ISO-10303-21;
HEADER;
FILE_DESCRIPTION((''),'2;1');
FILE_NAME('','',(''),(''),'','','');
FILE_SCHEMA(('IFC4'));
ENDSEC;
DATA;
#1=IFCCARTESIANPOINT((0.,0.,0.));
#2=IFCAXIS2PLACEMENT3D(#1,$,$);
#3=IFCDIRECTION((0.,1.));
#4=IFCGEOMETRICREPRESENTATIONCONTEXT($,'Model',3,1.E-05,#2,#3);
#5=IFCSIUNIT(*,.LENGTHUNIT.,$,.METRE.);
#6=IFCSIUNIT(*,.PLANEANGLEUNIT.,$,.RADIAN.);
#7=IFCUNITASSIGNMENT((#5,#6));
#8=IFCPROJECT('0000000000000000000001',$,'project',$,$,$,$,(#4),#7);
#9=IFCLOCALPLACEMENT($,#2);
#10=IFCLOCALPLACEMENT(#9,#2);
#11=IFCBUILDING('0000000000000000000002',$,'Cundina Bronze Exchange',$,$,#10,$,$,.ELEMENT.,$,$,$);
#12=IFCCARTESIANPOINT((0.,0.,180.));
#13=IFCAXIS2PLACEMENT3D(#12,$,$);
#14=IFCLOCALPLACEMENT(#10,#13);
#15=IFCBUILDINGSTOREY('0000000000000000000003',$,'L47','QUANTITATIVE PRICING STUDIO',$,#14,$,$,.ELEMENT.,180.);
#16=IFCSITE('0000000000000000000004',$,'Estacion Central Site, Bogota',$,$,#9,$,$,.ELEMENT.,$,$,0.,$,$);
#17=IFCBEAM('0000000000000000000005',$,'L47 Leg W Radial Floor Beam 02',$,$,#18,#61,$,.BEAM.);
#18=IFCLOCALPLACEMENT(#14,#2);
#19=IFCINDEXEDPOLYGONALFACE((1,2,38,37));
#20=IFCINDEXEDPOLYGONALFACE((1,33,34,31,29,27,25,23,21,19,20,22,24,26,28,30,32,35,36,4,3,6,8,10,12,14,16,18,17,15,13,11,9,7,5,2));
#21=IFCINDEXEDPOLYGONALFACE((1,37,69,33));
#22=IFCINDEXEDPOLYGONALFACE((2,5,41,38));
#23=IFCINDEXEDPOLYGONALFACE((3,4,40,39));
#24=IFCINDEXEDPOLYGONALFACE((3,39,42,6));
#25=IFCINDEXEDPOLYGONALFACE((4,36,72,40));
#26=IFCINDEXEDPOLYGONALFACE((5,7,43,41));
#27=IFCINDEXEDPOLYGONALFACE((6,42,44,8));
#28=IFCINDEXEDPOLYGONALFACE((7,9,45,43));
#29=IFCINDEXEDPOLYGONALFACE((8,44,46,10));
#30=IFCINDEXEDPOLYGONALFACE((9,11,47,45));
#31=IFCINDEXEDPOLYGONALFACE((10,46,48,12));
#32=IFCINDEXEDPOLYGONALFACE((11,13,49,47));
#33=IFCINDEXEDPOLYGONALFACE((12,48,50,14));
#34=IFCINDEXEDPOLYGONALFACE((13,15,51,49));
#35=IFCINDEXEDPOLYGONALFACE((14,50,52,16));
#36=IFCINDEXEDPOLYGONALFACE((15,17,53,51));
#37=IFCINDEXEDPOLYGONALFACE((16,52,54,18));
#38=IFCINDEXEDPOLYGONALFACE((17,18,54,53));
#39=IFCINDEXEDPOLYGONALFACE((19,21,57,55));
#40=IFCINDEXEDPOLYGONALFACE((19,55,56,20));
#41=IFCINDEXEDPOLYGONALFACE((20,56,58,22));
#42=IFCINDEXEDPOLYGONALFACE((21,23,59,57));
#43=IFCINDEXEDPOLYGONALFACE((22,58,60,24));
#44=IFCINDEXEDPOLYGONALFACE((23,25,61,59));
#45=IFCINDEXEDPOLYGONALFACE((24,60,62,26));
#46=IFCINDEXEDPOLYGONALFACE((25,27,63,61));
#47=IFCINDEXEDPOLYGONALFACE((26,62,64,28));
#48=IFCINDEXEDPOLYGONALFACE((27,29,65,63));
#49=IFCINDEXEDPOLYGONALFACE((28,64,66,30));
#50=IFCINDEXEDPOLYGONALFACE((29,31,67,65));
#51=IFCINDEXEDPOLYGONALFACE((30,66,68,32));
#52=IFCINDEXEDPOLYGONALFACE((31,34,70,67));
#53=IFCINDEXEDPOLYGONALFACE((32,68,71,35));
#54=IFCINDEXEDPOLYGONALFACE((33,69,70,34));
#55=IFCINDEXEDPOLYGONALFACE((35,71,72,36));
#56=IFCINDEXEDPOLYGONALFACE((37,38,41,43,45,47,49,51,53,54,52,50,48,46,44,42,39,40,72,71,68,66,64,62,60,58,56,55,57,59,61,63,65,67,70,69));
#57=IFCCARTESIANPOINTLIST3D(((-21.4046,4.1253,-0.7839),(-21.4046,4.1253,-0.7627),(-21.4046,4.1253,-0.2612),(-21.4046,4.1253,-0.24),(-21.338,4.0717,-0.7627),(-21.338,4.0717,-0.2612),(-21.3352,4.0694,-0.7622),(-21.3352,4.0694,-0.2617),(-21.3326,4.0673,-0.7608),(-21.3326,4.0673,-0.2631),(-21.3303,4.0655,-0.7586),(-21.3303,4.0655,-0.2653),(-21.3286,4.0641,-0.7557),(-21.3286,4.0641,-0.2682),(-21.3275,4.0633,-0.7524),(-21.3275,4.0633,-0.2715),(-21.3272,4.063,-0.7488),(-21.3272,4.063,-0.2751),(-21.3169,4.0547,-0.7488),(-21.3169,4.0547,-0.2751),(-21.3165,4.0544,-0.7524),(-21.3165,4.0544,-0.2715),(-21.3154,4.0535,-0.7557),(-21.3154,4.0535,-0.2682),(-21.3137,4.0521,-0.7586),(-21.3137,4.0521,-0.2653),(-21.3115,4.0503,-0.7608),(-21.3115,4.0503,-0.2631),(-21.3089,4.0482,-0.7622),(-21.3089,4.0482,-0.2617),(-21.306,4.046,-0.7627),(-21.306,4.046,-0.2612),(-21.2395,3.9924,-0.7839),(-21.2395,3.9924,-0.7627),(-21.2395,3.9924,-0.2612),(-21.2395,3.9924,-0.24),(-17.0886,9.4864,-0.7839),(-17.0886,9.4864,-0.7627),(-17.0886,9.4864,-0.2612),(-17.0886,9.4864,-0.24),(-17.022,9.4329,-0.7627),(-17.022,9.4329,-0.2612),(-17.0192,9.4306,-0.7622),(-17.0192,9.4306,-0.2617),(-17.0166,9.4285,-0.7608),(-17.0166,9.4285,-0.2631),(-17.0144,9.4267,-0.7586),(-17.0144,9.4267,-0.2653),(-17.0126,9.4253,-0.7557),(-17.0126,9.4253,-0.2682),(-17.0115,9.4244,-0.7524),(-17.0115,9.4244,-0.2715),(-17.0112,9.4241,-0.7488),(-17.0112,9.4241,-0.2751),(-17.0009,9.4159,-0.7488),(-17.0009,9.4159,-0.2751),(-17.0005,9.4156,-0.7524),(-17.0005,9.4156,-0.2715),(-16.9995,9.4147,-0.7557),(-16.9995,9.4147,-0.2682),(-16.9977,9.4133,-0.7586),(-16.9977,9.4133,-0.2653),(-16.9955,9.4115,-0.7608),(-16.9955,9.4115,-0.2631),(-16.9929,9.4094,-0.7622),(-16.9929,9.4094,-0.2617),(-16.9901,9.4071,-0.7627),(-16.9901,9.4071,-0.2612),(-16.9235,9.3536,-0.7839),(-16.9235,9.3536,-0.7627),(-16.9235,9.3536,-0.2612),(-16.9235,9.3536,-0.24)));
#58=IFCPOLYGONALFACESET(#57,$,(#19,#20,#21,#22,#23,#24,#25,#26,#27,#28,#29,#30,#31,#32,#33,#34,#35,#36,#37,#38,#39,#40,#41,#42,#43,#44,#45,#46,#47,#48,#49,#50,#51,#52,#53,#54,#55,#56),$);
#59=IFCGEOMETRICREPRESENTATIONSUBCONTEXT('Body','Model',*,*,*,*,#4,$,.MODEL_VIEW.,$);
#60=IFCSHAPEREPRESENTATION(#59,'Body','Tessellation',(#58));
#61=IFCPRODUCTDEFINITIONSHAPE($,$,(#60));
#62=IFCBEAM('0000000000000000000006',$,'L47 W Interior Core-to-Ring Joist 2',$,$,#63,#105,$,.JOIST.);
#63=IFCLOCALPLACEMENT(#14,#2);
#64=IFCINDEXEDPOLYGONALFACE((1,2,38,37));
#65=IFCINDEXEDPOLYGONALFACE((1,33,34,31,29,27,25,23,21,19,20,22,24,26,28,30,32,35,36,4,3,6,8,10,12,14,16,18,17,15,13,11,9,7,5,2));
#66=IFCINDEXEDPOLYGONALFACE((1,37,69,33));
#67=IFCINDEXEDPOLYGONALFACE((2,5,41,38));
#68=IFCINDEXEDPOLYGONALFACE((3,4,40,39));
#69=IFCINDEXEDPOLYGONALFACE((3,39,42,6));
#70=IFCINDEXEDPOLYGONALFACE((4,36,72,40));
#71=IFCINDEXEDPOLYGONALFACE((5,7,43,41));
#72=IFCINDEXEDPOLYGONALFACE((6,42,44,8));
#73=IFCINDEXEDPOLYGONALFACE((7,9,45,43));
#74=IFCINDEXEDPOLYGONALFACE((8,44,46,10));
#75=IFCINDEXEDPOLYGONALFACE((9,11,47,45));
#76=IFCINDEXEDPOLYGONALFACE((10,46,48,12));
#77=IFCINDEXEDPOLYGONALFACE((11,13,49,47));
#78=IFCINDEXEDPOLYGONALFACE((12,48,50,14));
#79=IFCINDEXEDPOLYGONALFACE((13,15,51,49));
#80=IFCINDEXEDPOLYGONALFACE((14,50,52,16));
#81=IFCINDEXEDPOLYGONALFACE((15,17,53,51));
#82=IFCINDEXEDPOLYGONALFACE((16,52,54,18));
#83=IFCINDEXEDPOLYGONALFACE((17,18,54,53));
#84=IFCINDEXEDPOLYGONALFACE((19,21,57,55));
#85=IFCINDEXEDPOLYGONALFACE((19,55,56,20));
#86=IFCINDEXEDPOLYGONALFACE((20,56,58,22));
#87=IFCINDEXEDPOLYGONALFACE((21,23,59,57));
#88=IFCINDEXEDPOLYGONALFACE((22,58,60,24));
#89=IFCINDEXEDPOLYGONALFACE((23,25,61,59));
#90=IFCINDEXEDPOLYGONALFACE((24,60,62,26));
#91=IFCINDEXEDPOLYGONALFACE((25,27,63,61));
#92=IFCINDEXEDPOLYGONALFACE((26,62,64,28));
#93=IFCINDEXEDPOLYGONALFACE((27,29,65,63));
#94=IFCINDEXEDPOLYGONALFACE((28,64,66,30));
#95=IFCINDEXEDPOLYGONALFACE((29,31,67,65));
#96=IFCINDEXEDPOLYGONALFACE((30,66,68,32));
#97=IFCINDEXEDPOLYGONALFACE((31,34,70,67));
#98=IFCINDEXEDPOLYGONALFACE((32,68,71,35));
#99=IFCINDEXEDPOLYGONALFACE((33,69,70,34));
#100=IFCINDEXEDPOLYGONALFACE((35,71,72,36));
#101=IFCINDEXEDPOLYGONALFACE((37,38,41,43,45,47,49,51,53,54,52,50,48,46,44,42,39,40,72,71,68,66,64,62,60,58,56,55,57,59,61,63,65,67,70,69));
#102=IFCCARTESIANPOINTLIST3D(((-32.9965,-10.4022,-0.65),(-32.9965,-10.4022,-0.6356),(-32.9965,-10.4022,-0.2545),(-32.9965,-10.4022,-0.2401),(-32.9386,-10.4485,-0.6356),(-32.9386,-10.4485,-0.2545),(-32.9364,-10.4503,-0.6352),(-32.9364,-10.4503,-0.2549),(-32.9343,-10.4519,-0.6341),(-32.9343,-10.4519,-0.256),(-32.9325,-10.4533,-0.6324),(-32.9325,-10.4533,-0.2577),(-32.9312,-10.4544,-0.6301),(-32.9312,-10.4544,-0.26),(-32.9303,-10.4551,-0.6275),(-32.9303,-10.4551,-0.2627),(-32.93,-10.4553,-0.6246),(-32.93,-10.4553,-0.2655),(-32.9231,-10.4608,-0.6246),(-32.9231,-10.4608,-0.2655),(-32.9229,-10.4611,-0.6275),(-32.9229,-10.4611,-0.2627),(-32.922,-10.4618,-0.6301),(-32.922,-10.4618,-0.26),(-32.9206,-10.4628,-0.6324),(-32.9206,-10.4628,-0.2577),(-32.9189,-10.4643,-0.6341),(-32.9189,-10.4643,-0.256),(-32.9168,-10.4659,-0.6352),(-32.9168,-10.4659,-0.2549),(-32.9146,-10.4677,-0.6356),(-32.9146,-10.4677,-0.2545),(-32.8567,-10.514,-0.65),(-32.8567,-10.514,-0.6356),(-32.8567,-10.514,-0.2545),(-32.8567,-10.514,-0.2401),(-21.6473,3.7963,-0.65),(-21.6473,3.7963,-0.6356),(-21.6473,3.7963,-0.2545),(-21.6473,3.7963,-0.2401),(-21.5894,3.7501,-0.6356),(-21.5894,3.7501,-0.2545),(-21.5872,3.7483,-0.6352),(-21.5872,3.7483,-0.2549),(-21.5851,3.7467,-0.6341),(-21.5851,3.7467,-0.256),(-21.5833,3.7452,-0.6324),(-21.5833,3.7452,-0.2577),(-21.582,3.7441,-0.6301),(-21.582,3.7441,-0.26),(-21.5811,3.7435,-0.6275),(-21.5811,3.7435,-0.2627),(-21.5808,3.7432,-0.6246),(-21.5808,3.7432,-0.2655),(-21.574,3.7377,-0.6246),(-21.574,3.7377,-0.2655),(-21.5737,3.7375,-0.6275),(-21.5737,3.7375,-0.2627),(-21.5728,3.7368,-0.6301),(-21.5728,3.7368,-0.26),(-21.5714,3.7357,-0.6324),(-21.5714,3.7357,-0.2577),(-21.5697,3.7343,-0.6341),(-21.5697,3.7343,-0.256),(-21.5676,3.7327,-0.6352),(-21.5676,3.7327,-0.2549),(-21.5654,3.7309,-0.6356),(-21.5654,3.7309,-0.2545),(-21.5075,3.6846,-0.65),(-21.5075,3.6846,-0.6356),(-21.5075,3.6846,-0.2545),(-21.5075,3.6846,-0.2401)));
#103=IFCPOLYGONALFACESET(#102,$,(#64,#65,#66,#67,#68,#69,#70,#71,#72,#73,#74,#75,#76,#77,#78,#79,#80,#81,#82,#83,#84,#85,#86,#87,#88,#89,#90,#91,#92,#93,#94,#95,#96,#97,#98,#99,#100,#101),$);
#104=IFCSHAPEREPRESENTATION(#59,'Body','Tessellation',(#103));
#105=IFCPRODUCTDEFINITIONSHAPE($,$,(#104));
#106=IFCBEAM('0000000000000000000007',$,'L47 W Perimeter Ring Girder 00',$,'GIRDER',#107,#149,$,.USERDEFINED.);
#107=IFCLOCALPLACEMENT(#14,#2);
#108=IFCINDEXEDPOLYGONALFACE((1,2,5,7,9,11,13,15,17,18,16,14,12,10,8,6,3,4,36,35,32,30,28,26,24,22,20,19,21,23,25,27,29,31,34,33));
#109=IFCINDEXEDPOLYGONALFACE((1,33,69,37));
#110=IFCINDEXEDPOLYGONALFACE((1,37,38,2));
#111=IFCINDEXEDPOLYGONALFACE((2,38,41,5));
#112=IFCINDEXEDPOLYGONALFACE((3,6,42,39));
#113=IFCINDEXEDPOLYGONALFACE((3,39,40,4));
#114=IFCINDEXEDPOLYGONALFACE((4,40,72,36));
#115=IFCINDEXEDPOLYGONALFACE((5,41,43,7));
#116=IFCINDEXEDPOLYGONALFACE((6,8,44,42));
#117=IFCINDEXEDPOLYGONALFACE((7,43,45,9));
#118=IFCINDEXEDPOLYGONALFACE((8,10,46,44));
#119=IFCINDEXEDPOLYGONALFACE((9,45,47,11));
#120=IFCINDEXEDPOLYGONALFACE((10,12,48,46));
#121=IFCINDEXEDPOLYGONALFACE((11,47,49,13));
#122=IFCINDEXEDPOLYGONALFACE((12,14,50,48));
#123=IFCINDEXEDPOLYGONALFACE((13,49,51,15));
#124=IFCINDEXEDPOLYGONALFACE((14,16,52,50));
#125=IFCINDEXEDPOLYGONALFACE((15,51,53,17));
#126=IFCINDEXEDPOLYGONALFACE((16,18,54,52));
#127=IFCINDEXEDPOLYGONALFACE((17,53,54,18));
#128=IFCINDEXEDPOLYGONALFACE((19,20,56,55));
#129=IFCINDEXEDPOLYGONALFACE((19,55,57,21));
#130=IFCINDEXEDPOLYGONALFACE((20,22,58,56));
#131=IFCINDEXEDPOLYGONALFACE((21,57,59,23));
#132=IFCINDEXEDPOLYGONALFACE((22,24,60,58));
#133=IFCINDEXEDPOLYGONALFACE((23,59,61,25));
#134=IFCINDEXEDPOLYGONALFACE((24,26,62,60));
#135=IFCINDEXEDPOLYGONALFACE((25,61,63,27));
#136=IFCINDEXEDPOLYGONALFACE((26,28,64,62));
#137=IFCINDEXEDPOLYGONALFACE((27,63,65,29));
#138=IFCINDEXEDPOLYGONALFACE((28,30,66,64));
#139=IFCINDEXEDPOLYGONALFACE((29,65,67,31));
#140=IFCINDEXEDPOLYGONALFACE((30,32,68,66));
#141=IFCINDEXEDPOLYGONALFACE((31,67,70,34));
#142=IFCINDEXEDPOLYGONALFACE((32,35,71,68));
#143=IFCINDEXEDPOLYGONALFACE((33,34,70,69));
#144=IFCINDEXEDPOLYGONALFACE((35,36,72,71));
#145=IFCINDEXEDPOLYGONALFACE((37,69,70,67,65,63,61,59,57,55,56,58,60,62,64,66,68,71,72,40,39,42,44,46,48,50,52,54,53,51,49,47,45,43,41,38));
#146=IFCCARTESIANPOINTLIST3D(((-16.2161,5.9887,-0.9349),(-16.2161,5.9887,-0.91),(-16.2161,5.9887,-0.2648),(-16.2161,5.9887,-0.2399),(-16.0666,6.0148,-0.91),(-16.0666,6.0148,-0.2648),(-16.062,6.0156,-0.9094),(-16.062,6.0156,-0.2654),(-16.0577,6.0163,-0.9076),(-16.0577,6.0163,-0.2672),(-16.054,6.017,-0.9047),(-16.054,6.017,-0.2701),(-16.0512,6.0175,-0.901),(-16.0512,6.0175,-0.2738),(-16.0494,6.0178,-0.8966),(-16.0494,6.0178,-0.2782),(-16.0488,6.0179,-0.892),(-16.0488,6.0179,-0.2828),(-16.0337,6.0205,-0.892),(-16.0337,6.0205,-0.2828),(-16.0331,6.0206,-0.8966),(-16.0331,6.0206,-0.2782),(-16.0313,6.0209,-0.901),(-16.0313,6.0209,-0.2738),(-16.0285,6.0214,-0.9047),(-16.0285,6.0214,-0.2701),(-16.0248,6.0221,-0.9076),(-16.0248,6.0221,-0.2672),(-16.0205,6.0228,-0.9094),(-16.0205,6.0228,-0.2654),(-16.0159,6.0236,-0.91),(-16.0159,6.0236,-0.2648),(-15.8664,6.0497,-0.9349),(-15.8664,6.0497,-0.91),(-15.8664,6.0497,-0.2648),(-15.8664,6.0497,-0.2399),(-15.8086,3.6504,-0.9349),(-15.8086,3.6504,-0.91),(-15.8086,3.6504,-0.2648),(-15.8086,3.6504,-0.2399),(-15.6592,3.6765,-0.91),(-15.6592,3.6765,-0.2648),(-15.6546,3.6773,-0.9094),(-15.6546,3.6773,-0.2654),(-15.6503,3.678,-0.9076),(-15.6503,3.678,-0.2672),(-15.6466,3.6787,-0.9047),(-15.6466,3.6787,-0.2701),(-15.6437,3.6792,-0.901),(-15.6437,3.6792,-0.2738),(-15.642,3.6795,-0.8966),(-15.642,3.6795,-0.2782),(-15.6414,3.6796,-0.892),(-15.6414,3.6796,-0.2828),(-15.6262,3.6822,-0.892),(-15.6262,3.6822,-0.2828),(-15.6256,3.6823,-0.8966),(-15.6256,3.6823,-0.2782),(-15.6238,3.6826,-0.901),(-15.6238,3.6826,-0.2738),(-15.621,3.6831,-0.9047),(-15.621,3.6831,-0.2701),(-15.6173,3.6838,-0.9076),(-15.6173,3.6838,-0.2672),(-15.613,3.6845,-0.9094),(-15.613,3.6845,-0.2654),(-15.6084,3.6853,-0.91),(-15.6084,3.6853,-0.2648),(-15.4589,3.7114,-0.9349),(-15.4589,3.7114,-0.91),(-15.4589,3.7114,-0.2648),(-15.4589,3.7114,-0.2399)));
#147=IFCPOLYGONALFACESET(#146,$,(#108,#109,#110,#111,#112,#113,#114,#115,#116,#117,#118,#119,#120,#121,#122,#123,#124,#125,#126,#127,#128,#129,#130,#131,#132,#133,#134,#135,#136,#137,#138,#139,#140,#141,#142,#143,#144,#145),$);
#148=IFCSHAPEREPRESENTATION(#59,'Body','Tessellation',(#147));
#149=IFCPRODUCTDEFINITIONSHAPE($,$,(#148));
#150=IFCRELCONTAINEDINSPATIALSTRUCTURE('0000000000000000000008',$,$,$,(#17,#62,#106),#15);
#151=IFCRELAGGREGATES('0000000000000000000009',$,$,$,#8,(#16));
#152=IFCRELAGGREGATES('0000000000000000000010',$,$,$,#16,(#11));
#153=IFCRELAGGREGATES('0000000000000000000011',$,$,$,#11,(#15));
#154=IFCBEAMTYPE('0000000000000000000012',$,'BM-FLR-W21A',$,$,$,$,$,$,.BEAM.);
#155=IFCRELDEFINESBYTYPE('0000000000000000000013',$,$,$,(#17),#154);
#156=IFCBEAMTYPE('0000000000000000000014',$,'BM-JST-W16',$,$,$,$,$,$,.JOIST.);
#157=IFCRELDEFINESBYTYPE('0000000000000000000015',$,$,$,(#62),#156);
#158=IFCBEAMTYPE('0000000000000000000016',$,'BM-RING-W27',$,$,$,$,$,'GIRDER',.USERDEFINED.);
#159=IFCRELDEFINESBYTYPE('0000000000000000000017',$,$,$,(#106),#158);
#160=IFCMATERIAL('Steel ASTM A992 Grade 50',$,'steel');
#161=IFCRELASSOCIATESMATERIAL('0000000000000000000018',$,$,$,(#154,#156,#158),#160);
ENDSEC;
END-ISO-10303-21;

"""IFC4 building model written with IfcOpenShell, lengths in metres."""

from ifc_helpers import new_model, si_unit, direction, frame, origin, origin_2d, place, context, subcontext, project, spatial, i_section, extrude, material, material_profile, profile_set, type_object, element, save


model = new_model("IFC4")

# Units and contexts
model_context = context("Model", 3, precision=1e-05, world=origin(), true_north=direction((0.0, 1.0)))
body_context = subcontext(model_context, "Body", "Model", "MODEL_VIEW")
ifc_project = project(units=[si_unit("LENGTHUNIT", "METRE"), si_unit("PLANEANGLEUNIT", "RADIAN")], contexts=[model_context])

# Site, building, storey
site_placement = place(None, origin())
site = spatial("IfcSite", under=ifc_project, at=site_placement, Name="Estacion Central Site, Bogota", CompositionType="ELEMENT", RefElevation=0.0)
building_placement = place(site_placement, origin())
building = spatial("IfcBuilding", under=site, at=building_placement, Name="Cundina Bronze Exchange", CompositionType="ELEMENT")
storey_placement = place(building_placement, frame((0.0, 0.0, 180.0)))
storey = spatial("IfcBuildingStorey", under=building, at=storey_placement, Name="L47", Description="QUANTITATIVE PRICING STUDIO", CompositionType="ELEMENT", Elevation=180.0)

# Shared definitions
ifc_material_1 = material(Name="Steel ASTM A992 Grade 50", Category="steel")

# Beams
ifc_material_profile_1 = material_profile(ifc_material_1, i_section(OverallWidth=0.2119, OverallDepth=0.5439, WebThickness=0.0132, FlangeThickness=0.0212, FilletRadius=0.0139, at=origin_2d()), Name="W21X83", Category="steel")
ifc_profile_set_1 = profile_set([ifc_material_profile_1], Name="Steel ASTM A992 Grade 50")
beam_type_1 = type_object("IfcBeamType", Name="BM-FLR-W21A", PredefinedType="BEAM", material=ifc_profile_set_1)
beam_1_placement = place(storey_placement, frame((-21.322, 4.0588, -0.512), z_axis=(0.627089, 0.778948, 0.0), x_axis=(-0.778948, 0.627089, 0.0)))
element("IfcBeam", 1, at=beam_1_placement, inside=storey, type_object=beam_type_1, Name="L47 Leg W Radial Floor Beam 02", PredefinedType="BEAM", context=body_context, shape_type="SweptSolid", body=[
    extrude(i_section(OverallWidth=0.2119, OverallDepth=0.5439, WebThickness=0.0132, FlangeThickness=0.0212, FilletRadius=0.0139, at=origin_2d()), origin(), (0.0, 0.0, 1.0), 6.8826),
])
ifc_material_profile_2 = material_profile(ifc_material_1, i_section(OverallWidth=0.179, OverallDepth=0.4099, WebThickness=0.0088, FlangeThickness=0.0144, FilletRadius=0.011, at=origin_2d()), Name="W16X45", Category="steel")
ifc_profile_set_2 = profile_set([ifc_material_profile_2], Name="Steel ASTM A992 Grade 50")
beam_type_2 = type_object("IfcBeamType", Name="BM-JST-W16", PredefinedType="JOIST", material=ifc_profile_set_2)
beam_2_placement = place(storey_placement, frame((-21.5774, 3.7405, -0.4451), z_axis=(-0.624371, -0.781128, 0.0), x_axis=(0.781128, -0.624371, 0.0)))
element("IfcBeam", 2, at=beam_2_placement, inside=storey, type_object=beam_type_2, Name="L47 W Interior Core-to-Ring Joist 2", PredefinedType="JOIST", context=body_context, shape_type="SweptSolid", body=[
    extrude(i_section(OverallWidth=0.179, OverallDepth=0.4099, WebThickness=0.0088, FlangeThickness=0.0144, FilletRadius=0.011, at=origin_2d()), origin(), (0.0, 0.0, 1.0), 18.177),
])
ifc_material_profile_3 = material_profile(ifc_material_1, i_section(OverallWidth=0.355, OverallDepth=0.6951, WebThickness=0.0154, FlangeThickness=0.0249, FilletRadius=0.0181, at=origin_2d()), Name="W27X146", Category="steel")
ifc_profile_set_3 = profile_set([ifc_material_profile_3], Name="Steel ASTM A992 Grade 50")
beam_type_3 = type_object("IfcBeamType", Name="BM-RING-W27", ElementType="GIRDER", PredefinedType="USERDEFINED", material=ifc_profile_set_3)
beam_3_placement = place(storey_placement, frame((-15.6338, 3.6809, -0.5874), z_axis=(-0.171667, 0.985155, 0.0), x_axis=(-0.985155, -0.171667, 0.0)))
element("IfcBeam", 3, at=beam_3_placement, inside=storey, type_object=beam_type_3, Name="L47 W Perimeter Ring Girder 00", ObjectType="GIRDER", PredefinedType="USERDEFINED", context=body_context, shape_type="SweptSolid", body=[
    extrude(i_section(OverallWidth=0.355, OverallDepth=0.6951, WebThickness=0.0154, FlangeThickness=0.0249, FilletRadius=0.0181, at=origin_2d()), origin(), (0.0, 0.0, 1.0), 2.3735),
])

save(model, "model.ifc")
